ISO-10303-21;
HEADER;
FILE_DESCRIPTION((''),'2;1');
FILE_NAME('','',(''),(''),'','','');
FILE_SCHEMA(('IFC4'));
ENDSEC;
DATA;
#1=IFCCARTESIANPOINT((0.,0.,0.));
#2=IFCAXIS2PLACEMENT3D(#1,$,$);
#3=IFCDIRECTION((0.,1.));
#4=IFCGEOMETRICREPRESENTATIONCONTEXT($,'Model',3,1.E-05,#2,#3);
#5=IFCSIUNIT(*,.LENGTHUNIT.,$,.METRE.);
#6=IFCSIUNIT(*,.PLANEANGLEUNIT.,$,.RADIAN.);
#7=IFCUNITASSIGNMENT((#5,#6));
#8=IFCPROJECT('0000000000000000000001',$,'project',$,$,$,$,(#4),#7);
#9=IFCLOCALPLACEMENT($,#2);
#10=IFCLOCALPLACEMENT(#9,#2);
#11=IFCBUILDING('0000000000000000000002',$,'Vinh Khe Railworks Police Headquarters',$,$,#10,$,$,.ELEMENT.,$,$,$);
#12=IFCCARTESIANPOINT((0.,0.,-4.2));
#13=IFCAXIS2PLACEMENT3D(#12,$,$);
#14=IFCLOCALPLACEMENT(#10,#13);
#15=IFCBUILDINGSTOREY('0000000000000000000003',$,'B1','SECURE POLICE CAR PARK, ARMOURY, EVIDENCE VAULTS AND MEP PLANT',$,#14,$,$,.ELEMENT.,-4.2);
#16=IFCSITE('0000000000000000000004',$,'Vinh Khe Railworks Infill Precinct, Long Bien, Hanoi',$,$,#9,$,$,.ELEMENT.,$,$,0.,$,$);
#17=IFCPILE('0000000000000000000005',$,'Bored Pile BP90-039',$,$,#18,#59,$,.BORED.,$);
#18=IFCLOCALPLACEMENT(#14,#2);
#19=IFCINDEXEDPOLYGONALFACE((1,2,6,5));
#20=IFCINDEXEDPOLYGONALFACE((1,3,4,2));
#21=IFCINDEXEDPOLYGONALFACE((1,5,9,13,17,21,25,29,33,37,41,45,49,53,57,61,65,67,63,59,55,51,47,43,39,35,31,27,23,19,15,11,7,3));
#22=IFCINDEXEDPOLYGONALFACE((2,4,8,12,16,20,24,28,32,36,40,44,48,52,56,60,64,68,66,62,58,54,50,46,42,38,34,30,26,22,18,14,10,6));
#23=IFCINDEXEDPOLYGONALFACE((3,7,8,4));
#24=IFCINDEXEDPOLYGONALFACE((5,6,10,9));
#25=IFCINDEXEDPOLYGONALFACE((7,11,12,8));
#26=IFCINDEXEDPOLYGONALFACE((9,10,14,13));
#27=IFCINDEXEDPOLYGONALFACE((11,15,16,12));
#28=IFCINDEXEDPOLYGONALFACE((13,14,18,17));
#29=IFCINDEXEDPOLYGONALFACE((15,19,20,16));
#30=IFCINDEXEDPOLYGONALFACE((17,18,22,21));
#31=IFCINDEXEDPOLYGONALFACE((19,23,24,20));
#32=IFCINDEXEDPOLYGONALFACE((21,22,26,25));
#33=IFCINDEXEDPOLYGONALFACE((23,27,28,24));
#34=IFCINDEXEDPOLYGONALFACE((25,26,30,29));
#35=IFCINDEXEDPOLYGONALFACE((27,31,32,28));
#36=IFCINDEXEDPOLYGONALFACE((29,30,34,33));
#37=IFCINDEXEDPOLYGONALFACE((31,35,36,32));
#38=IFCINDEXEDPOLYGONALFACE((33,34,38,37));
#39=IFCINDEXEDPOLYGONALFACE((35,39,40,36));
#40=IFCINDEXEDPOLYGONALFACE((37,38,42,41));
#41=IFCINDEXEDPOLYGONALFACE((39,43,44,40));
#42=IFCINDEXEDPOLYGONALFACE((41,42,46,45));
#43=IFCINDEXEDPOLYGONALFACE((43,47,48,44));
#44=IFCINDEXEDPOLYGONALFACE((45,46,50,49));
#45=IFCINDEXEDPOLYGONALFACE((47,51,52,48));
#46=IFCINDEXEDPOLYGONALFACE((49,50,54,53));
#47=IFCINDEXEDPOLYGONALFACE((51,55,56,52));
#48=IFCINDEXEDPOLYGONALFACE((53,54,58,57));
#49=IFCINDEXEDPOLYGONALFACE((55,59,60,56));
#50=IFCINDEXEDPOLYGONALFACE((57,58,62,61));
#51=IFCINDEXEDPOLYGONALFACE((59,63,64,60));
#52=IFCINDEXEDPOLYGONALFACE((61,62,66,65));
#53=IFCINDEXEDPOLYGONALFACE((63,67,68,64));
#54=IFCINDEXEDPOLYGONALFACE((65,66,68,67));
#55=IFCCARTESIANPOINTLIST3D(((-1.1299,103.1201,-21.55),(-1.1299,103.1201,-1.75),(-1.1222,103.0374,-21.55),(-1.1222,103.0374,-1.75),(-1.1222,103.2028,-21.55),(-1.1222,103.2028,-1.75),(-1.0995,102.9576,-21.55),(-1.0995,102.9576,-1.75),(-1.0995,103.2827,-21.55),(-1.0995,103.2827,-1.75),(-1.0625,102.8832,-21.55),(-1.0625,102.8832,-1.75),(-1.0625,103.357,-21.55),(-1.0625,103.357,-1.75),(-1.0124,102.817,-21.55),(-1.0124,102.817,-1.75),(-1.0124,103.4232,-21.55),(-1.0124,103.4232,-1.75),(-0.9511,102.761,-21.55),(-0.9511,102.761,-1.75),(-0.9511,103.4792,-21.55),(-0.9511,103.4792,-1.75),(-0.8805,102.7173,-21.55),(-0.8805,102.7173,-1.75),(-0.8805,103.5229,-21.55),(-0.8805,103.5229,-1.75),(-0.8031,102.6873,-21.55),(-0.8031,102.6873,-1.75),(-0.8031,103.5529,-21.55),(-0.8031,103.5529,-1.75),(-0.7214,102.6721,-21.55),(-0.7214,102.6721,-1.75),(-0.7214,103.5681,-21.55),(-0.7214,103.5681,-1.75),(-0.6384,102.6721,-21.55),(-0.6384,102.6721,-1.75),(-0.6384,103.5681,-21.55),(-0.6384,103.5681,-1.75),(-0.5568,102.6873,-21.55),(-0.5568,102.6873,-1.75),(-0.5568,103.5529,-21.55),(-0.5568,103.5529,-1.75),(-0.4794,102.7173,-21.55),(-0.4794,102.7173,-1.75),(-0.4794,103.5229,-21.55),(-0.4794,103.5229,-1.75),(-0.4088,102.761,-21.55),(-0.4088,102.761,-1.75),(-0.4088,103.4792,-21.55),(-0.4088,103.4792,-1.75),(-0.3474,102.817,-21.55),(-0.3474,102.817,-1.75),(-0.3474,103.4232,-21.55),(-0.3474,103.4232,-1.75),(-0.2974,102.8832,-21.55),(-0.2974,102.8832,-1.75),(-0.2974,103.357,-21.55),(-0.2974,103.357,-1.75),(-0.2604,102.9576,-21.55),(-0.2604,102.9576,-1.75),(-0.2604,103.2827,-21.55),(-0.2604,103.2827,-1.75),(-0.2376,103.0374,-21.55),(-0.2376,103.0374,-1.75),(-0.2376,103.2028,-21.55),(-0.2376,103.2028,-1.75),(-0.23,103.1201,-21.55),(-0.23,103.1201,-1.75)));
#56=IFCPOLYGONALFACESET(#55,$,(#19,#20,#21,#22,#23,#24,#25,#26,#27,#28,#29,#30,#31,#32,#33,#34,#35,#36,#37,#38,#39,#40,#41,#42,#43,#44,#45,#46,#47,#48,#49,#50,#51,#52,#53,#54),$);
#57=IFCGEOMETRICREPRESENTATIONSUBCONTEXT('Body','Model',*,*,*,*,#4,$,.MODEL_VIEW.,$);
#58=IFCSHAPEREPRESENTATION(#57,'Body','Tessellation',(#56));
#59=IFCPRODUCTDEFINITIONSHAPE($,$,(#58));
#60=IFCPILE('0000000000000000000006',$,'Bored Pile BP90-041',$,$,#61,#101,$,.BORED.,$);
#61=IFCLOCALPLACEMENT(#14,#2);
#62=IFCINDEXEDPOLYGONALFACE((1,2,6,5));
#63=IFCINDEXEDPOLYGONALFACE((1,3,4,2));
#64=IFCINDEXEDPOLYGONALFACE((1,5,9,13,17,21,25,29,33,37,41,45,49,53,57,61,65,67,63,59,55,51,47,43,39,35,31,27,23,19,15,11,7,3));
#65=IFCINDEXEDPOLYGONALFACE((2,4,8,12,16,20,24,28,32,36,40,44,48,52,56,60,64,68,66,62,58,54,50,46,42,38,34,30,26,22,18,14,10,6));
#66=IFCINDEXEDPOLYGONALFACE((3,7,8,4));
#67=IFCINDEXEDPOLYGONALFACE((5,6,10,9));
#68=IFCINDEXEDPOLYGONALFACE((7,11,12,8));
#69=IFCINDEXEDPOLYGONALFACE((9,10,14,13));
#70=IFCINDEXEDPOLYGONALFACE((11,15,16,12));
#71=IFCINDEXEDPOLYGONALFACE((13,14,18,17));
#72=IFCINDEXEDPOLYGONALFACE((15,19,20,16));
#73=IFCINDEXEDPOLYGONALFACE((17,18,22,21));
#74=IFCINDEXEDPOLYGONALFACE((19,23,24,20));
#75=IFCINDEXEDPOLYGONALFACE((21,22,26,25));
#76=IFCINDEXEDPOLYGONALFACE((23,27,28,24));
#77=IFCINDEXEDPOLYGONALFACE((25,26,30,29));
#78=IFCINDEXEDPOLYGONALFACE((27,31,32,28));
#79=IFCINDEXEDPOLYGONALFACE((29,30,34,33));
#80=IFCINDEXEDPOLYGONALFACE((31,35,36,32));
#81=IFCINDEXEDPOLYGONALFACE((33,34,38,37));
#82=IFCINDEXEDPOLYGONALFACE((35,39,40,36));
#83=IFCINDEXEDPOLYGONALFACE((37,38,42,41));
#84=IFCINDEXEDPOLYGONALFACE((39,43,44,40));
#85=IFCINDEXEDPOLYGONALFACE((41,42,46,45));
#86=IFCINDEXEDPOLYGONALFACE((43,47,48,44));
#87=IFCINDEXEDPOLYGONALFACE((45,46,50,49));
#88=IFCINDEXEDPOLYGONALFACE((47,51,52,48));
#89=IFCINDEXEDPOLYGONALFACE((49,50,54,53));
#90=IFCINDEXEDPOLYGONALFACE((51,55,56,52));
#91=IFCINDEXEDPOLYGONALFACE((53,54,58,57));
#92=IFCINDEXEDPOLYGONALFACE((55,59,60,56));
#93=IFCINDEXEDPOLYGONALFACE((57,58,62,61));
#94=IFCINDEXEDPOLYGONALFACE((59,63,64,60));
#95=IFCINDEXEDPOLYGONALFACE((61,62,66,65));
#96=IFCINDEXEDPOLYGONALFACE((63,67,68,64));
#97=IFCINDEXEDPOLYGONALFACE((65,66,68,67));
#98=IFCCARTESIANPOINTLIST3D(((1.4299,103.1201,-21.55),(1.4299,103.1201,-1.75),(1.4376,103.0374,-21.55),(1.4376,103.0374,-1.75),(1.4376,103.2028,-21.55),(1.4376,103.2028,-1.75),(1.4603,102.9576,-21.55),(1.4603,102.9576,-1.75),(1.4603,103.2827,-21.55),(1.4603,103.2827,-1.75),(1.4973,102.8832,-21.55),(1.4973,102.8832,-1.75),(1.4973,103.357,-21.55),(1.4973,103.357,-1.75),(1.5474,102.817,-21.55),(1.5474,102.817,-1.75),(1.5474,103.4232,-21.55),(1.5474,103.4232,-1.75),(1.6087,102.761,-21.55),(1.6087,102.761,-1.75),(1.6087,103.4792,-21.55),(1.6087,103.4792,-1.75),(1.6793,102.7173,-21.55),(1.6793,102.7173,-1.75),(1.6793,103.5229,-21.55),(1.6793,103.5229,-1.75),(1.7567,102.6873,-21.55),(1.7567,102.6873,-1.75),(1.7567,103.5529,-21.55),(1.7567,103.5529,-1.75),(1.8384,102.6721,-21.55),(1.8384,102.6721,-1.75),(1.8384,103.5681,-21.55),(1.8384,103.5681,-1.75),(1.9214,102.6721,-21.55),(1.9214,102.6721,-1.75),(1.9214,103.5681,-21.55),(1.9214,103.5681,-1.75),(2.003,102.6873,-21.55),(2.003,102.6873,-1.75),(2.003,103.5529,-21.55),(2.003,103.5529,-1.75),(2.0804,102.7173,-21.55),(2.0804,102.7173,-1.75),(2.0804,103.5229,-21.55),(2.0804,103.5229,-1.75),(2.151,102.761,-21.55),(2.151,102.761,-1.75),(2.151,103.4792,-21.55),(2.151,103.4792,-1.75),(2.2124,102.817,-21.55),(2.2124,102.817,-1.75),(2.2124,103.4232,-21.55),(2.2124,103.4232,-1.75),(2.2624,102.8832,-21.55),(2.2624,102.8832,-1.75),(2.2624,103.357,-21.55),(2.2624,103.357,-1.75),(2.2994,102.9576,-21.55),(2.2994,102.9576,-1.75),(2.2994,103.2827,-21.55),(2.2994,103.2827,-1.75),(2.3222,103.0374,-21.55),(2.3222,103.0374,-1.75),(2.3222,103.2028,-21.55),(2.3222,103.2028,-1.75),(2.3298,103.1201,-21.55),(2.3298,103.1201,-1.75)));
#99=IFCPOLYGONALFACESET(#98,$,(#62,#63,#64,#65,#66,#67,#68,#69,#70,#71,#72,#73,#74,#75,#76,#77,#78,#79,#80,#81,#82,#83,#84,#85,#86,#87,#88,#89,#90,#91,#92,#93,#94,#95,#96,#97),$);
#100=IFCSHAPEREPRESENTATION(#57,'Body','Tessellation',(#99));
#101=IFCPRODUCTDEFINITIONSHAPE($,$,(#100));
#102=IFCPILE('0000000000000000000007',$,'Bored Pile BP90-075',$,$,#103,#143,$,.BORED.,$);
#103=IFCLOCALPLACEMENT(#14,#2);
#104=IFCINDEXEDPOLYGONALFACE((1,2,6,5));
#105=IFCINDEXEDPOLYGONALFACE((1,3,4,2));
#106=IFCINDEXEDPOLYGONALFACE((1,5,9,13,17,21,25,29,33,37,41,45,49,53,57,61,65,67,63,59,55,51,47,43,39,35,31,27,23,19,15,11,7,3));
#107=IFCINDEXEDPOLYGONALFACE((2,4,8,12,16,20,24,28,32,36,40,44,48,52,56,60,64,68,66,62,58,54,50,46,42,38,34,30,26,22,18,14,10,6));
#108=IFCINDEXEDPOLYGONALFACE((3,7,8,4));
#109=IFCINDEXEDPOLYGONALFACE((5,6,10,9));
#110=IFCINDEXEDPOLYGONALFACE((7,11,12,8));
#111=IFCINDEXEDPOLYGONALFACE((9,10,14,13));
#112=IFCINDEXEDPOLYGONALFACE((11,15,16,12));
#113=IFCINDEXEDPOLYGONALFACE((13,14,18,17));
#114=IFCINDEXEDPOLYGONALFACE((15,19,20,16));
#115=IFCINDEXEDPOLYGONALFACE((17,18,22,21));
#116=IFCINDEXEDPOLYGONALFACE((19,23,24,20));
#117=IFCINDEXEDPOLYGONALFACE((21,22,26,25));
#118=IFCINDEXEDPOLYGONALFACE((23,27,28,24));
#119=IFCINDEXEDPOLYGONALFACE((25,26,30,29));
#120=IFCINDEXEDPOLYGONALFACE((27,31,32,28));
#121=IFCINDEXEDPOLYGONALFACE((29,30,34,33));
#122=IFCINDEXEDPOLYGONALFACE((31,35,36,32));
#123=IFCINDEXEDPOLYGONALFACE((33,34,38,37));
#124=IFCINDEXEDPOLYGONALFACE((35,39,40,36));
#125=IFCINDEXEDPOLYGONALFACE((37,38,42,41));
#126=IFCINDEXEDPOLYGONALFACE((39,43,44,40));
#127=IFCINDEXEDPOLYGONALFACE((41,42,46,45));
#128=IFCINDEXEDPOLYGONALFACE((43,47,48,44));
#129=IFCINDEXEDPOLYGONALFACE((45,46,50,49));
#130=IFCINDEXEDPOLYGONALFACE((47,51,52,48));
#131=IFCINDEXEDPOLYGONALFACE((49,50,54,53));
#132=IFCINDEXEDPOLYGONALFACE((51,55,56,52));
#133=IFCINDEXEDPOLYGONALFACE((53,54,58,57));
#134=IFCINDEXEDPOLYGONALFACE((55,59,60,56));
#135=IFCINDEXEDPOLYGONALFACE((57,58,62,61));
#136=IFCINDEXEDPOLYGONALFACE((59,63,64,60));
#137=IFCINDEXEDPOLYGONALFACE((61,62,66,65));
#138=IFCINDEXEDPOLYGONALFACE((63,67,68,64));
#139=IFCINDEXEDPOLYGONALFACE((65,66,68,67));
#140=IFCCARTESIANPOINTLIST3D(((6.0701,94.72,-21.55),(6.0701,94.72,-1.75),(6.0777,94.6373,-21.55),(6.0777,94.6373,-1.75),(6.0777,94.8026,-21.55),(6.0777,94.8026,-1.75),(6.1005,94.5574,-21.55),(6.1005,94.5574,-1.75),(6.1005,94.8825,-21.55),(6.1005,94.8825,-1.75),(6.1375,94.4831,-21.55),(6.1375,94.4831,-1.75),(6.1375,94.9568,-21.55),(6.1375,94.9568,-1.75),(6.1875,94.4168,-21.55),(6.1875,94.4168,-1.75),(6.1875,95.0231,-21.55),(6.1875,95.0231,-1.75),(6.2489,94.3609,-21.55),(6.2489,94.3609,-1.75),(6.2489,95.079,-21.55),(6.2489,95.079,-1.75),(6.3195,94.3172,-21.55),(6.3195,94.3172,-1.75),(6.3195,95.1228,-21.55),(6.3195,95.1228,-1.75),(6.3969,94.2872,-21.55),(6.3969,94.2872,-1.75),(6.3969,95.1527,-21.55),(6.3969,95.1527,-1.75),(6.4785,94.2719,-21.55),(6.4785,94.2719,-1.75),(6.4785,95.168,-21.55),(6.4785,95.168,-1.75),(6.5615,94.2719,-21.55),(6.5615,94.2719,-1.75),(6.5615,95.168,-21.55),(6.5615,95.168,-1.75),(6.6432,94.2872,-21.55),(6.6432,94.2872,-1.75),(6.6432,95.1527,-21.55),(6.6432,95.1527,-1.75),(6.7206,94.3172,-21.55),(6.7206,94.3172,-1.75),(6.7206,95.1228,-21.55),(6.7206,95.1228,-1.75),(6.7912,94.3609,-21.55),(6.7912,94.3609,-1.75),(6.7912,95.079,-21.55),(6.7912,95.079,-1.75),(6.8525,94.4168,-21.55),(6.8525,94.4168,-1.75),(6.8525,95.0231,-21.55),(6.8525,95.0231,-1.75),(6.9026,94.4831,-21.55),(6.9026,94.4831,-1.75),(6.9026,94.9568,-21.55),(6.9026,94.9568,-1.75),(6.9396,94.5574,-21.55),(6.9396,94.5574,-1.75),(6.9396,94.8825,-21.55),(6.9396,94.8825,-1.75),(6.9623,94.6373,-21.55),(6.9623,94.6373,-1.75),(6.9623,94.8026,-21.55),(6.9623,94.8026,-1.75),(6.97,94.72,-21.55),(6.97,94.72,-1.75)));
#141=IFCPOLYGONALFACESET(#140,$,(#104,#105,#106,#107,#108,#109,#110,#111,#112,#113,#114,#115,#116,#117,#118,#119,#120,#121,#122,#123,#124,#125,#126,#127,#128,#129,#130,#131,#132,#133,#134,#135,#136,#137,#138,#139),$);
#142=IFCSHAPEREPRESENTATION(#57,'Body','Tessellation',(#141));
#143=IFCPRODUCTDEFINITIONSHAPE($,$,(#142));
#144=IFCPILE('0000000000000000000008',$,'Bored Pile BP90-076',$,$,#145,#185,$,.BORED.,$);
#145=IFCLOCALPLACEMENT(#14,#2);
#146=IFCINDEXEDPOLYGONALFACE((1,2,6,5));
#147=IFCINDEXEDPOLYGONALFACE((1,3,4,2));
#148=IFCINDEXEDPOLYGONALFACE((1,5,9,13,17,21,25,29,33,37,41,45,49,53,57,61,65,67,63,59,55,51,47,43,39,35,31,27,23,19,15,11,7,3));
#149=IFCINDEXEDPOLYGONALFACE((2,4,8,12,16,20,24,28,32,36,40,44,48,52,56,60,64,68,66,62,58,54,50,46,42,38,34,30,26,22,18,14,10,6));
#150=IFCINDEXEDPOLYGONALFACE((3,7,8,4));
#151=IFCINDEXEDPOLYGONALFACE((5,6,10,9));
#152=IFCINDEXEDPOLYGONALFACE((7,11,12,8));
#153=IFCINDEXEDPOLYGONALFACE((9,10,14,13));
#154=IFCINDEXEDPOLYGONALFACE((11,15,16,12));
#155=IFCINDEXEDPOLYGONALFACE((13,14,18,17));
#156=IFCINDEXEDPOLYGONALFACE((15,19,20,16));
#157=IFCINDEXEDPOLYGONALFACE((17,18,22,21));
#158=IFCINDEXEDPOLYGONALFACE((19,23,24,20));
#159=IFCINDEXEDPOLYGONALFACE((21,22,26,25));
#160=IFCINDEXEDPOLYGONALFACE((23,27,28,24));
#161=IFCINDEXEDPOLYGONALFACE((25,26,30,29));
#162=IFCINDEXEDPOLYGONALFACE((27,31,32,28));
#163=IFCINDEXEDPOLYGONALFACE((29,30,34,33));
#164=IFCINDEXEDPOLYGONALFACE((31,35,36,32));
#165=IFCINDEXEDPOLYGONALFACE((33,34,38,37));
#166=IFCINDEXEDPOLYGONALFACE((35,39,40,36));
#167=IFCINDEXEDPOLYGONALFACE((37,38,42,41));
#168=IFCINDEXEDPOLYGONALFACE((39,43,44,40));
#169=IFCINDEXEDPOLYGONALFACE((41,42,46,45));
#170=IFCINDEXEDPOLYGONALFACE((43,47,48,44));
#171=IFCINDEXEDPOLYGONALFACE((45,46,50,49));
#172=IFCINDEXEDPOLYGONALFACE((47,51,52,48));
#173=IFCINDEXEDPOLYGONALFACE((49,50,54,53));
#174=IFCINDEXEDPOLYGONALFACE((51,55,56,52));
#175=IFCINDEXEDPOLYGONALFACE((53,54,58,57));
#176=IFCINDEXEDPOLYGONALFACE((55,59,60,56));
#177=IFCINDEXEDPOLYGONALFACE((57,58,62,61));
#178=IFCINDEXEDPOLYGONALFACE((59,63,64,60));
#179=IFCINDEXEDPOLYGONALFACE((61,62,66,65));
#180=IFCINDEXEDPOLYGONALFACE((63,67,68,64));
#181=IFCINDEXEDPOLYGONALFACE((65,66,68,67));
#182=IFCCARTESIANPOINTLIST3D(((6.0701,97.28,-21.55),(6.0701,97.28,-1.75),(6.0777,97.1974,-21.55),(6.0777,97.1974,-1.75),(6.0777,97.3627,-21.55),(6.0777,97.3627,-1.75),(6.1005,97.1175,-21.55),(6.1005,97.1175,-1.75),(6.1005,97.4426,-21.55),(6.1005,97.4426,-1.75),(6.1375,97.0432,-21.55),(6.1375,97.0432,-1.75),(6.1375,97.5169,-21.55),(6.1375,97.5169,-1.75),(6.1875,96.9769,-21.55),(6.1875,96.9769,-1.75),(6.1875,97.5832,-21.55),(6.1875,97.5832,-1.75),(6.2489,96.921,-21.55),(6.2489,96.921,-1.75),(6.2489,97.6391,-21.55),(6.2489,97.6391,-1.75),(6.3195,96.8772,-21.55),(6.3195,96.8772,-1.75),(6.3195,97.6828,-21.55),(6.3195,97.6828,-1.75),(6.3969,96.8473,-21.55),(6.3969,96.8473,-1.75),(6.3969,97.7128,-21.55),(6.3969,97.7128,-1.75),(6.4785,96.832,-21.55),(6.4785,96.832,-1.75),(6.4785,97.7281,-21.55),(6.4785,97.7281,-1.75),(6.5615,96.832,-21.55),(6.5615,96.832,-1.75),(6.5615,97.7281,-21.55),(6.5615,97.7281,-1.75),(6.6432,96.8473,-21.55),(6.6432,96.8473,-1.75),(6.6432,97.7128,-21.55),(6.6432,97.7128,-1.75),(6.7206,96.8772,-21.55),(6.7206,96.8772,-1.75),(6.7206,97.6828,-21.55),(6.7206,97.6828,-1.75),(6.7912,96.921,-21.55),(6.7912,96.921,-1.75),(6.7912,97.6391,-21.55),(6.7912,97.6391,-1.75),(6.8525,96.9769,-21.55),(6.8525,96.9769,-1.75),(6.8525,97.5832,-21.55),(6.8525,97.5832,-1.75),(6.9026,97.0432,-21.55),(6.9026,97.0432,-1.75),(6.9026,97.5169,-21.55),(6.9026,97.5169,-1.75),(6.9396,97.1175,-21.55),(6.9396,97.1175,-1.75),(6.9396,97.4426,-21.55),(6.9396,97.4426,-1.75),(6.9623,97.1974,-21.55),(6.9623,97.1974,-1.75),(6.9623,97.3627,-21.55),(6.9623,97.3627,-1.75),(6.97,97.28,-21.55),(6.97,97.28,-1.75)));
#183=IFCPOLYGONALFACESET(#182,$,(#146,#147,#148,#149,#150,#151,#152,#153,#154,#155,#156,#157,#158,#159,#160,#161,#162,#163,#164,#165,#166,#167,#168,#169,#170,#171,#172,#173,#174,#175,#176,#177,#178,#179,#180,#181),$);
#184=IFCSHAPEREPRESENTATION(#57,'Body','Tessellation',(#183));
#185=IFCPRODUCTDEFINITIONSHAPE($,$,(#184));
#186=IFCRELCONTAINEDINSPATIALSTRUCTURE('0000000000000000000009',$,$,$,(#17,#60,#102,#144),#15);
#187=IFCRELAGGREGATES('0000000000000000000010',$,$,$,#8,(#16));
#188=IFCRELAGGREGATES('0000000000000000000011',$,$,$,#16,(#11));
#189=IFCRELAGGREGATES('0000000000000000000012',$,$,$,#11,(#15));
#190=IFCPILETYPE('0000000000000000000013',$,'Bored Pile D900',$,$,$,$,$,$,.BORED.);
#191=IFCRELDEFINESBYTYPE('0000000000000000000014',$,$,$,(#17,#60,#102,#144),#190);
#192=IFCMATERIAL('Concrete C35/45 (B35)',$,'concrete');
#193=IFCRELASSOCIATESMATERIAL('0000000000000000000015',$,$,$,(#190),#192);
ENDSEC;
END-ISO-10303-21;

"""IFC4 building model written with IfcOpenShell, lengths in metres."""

from ifc_helpers import new_model, si_unit, direction, frame, origin, origin_2d, place, context, subcontext, project, spatial, circle, extrude, material, material_profile, profile_set, type_object, element, save


model = new_model("IFC4")

# Units and contexts
model_context = context("Model", 3, precision=1e-05, world=origin(), true_north=direction((0.0, 1.0)))
body_context = subcontext(model_context, "Body", "Model", "MODEL_VIEW")
ifc_project = project(units=[si_unit("LENGTHUNIT", "METRE"), si_unit("PLANEANGLEUNIT", "RADIAN")], contexts=[model_context])

# Site, building, storey
site_placement = place(None, origin())
site = spatial("IfcSite", under=ifc_project, at=site_placement, Name="Vinh Khe Railworks Infill Precinct, Long Bien, Hanoi", CompositionType="ELEMENT", RefElevation=0.0)
building_placement = place(site_placement, origin())
building = spatial("IfcBuilding", under=site, at=building_placement, Name="Vinh Khe Railworks Police Headquarters", CompositionType="ELEMENT")
storey_placement = place(building_placement, frame((0.0, 0.0, -4.2)))
storey = spatial("IfcBuildingStorey", under=building, at=storey_placement, Name="B1", Description="SECURE POLICE CAR PARK, ARMOURY, EVIDENCE VAULTS AND MEP PLANT", CompositionType="ELEMENT", Elevation=-4.2)

# Piles
ifc_material_1 = material(Name="Concrete C35/45 (B35)", Category="concrete")
ifc_material_profile_1 = material_profile(ifc_material_1, circle(Radius=0.45, at=origin_2d()), Name="BORED PILE D900")
ifc_profile_set_1 = profile_set([ifc_material_profile_1], Name="Concrete C35/45 (B35)")
pile_type = type_object("IfcPileType", Name="Bored Pile D900", PredefinedType="BORED", material=ifc_profile_set_1)
for number, where, z_axis, x_axis, name in (
    (1, (-0.6799, 103.1201, -1.75), (0.0, 0.0, -1.0), (1.0, 0.0, 0.0), "Bored Pile BP90-039"),
    (2, (1.8799, 103.1201, -1.75), (0.0, 0.0, -1.0), (1.0, 0.0, 0.0), "Bored Pile BP90-041"),
    (3, (6.52, 94.72, -1.75), (0.0, 0.0, -1.0), (1.0, 0.0, 0.0), "Bored Pile BP90-075"),
    (4, (6.52, 97.28, -1.75), (0.0, 0.0, -1.0), (1.0, 0.0, 0.0), "Bored Pile BP90-076"),
):
    element("IfcPile", number, at=place(storey_placement, frame(where, z_axis=z_axis, x_axis=x_axis)), inside=storey, type_object=pile_type, Name=name, PredefinedType="BORED", context=body_context, shape_type="SweptSolid", body=[
        extrude(circle(Radius=0.45, at=origin_2d()), origin(), (0.0, 0.0, 1.0), 19.8),
    ])

save(model, "model.ifc")
